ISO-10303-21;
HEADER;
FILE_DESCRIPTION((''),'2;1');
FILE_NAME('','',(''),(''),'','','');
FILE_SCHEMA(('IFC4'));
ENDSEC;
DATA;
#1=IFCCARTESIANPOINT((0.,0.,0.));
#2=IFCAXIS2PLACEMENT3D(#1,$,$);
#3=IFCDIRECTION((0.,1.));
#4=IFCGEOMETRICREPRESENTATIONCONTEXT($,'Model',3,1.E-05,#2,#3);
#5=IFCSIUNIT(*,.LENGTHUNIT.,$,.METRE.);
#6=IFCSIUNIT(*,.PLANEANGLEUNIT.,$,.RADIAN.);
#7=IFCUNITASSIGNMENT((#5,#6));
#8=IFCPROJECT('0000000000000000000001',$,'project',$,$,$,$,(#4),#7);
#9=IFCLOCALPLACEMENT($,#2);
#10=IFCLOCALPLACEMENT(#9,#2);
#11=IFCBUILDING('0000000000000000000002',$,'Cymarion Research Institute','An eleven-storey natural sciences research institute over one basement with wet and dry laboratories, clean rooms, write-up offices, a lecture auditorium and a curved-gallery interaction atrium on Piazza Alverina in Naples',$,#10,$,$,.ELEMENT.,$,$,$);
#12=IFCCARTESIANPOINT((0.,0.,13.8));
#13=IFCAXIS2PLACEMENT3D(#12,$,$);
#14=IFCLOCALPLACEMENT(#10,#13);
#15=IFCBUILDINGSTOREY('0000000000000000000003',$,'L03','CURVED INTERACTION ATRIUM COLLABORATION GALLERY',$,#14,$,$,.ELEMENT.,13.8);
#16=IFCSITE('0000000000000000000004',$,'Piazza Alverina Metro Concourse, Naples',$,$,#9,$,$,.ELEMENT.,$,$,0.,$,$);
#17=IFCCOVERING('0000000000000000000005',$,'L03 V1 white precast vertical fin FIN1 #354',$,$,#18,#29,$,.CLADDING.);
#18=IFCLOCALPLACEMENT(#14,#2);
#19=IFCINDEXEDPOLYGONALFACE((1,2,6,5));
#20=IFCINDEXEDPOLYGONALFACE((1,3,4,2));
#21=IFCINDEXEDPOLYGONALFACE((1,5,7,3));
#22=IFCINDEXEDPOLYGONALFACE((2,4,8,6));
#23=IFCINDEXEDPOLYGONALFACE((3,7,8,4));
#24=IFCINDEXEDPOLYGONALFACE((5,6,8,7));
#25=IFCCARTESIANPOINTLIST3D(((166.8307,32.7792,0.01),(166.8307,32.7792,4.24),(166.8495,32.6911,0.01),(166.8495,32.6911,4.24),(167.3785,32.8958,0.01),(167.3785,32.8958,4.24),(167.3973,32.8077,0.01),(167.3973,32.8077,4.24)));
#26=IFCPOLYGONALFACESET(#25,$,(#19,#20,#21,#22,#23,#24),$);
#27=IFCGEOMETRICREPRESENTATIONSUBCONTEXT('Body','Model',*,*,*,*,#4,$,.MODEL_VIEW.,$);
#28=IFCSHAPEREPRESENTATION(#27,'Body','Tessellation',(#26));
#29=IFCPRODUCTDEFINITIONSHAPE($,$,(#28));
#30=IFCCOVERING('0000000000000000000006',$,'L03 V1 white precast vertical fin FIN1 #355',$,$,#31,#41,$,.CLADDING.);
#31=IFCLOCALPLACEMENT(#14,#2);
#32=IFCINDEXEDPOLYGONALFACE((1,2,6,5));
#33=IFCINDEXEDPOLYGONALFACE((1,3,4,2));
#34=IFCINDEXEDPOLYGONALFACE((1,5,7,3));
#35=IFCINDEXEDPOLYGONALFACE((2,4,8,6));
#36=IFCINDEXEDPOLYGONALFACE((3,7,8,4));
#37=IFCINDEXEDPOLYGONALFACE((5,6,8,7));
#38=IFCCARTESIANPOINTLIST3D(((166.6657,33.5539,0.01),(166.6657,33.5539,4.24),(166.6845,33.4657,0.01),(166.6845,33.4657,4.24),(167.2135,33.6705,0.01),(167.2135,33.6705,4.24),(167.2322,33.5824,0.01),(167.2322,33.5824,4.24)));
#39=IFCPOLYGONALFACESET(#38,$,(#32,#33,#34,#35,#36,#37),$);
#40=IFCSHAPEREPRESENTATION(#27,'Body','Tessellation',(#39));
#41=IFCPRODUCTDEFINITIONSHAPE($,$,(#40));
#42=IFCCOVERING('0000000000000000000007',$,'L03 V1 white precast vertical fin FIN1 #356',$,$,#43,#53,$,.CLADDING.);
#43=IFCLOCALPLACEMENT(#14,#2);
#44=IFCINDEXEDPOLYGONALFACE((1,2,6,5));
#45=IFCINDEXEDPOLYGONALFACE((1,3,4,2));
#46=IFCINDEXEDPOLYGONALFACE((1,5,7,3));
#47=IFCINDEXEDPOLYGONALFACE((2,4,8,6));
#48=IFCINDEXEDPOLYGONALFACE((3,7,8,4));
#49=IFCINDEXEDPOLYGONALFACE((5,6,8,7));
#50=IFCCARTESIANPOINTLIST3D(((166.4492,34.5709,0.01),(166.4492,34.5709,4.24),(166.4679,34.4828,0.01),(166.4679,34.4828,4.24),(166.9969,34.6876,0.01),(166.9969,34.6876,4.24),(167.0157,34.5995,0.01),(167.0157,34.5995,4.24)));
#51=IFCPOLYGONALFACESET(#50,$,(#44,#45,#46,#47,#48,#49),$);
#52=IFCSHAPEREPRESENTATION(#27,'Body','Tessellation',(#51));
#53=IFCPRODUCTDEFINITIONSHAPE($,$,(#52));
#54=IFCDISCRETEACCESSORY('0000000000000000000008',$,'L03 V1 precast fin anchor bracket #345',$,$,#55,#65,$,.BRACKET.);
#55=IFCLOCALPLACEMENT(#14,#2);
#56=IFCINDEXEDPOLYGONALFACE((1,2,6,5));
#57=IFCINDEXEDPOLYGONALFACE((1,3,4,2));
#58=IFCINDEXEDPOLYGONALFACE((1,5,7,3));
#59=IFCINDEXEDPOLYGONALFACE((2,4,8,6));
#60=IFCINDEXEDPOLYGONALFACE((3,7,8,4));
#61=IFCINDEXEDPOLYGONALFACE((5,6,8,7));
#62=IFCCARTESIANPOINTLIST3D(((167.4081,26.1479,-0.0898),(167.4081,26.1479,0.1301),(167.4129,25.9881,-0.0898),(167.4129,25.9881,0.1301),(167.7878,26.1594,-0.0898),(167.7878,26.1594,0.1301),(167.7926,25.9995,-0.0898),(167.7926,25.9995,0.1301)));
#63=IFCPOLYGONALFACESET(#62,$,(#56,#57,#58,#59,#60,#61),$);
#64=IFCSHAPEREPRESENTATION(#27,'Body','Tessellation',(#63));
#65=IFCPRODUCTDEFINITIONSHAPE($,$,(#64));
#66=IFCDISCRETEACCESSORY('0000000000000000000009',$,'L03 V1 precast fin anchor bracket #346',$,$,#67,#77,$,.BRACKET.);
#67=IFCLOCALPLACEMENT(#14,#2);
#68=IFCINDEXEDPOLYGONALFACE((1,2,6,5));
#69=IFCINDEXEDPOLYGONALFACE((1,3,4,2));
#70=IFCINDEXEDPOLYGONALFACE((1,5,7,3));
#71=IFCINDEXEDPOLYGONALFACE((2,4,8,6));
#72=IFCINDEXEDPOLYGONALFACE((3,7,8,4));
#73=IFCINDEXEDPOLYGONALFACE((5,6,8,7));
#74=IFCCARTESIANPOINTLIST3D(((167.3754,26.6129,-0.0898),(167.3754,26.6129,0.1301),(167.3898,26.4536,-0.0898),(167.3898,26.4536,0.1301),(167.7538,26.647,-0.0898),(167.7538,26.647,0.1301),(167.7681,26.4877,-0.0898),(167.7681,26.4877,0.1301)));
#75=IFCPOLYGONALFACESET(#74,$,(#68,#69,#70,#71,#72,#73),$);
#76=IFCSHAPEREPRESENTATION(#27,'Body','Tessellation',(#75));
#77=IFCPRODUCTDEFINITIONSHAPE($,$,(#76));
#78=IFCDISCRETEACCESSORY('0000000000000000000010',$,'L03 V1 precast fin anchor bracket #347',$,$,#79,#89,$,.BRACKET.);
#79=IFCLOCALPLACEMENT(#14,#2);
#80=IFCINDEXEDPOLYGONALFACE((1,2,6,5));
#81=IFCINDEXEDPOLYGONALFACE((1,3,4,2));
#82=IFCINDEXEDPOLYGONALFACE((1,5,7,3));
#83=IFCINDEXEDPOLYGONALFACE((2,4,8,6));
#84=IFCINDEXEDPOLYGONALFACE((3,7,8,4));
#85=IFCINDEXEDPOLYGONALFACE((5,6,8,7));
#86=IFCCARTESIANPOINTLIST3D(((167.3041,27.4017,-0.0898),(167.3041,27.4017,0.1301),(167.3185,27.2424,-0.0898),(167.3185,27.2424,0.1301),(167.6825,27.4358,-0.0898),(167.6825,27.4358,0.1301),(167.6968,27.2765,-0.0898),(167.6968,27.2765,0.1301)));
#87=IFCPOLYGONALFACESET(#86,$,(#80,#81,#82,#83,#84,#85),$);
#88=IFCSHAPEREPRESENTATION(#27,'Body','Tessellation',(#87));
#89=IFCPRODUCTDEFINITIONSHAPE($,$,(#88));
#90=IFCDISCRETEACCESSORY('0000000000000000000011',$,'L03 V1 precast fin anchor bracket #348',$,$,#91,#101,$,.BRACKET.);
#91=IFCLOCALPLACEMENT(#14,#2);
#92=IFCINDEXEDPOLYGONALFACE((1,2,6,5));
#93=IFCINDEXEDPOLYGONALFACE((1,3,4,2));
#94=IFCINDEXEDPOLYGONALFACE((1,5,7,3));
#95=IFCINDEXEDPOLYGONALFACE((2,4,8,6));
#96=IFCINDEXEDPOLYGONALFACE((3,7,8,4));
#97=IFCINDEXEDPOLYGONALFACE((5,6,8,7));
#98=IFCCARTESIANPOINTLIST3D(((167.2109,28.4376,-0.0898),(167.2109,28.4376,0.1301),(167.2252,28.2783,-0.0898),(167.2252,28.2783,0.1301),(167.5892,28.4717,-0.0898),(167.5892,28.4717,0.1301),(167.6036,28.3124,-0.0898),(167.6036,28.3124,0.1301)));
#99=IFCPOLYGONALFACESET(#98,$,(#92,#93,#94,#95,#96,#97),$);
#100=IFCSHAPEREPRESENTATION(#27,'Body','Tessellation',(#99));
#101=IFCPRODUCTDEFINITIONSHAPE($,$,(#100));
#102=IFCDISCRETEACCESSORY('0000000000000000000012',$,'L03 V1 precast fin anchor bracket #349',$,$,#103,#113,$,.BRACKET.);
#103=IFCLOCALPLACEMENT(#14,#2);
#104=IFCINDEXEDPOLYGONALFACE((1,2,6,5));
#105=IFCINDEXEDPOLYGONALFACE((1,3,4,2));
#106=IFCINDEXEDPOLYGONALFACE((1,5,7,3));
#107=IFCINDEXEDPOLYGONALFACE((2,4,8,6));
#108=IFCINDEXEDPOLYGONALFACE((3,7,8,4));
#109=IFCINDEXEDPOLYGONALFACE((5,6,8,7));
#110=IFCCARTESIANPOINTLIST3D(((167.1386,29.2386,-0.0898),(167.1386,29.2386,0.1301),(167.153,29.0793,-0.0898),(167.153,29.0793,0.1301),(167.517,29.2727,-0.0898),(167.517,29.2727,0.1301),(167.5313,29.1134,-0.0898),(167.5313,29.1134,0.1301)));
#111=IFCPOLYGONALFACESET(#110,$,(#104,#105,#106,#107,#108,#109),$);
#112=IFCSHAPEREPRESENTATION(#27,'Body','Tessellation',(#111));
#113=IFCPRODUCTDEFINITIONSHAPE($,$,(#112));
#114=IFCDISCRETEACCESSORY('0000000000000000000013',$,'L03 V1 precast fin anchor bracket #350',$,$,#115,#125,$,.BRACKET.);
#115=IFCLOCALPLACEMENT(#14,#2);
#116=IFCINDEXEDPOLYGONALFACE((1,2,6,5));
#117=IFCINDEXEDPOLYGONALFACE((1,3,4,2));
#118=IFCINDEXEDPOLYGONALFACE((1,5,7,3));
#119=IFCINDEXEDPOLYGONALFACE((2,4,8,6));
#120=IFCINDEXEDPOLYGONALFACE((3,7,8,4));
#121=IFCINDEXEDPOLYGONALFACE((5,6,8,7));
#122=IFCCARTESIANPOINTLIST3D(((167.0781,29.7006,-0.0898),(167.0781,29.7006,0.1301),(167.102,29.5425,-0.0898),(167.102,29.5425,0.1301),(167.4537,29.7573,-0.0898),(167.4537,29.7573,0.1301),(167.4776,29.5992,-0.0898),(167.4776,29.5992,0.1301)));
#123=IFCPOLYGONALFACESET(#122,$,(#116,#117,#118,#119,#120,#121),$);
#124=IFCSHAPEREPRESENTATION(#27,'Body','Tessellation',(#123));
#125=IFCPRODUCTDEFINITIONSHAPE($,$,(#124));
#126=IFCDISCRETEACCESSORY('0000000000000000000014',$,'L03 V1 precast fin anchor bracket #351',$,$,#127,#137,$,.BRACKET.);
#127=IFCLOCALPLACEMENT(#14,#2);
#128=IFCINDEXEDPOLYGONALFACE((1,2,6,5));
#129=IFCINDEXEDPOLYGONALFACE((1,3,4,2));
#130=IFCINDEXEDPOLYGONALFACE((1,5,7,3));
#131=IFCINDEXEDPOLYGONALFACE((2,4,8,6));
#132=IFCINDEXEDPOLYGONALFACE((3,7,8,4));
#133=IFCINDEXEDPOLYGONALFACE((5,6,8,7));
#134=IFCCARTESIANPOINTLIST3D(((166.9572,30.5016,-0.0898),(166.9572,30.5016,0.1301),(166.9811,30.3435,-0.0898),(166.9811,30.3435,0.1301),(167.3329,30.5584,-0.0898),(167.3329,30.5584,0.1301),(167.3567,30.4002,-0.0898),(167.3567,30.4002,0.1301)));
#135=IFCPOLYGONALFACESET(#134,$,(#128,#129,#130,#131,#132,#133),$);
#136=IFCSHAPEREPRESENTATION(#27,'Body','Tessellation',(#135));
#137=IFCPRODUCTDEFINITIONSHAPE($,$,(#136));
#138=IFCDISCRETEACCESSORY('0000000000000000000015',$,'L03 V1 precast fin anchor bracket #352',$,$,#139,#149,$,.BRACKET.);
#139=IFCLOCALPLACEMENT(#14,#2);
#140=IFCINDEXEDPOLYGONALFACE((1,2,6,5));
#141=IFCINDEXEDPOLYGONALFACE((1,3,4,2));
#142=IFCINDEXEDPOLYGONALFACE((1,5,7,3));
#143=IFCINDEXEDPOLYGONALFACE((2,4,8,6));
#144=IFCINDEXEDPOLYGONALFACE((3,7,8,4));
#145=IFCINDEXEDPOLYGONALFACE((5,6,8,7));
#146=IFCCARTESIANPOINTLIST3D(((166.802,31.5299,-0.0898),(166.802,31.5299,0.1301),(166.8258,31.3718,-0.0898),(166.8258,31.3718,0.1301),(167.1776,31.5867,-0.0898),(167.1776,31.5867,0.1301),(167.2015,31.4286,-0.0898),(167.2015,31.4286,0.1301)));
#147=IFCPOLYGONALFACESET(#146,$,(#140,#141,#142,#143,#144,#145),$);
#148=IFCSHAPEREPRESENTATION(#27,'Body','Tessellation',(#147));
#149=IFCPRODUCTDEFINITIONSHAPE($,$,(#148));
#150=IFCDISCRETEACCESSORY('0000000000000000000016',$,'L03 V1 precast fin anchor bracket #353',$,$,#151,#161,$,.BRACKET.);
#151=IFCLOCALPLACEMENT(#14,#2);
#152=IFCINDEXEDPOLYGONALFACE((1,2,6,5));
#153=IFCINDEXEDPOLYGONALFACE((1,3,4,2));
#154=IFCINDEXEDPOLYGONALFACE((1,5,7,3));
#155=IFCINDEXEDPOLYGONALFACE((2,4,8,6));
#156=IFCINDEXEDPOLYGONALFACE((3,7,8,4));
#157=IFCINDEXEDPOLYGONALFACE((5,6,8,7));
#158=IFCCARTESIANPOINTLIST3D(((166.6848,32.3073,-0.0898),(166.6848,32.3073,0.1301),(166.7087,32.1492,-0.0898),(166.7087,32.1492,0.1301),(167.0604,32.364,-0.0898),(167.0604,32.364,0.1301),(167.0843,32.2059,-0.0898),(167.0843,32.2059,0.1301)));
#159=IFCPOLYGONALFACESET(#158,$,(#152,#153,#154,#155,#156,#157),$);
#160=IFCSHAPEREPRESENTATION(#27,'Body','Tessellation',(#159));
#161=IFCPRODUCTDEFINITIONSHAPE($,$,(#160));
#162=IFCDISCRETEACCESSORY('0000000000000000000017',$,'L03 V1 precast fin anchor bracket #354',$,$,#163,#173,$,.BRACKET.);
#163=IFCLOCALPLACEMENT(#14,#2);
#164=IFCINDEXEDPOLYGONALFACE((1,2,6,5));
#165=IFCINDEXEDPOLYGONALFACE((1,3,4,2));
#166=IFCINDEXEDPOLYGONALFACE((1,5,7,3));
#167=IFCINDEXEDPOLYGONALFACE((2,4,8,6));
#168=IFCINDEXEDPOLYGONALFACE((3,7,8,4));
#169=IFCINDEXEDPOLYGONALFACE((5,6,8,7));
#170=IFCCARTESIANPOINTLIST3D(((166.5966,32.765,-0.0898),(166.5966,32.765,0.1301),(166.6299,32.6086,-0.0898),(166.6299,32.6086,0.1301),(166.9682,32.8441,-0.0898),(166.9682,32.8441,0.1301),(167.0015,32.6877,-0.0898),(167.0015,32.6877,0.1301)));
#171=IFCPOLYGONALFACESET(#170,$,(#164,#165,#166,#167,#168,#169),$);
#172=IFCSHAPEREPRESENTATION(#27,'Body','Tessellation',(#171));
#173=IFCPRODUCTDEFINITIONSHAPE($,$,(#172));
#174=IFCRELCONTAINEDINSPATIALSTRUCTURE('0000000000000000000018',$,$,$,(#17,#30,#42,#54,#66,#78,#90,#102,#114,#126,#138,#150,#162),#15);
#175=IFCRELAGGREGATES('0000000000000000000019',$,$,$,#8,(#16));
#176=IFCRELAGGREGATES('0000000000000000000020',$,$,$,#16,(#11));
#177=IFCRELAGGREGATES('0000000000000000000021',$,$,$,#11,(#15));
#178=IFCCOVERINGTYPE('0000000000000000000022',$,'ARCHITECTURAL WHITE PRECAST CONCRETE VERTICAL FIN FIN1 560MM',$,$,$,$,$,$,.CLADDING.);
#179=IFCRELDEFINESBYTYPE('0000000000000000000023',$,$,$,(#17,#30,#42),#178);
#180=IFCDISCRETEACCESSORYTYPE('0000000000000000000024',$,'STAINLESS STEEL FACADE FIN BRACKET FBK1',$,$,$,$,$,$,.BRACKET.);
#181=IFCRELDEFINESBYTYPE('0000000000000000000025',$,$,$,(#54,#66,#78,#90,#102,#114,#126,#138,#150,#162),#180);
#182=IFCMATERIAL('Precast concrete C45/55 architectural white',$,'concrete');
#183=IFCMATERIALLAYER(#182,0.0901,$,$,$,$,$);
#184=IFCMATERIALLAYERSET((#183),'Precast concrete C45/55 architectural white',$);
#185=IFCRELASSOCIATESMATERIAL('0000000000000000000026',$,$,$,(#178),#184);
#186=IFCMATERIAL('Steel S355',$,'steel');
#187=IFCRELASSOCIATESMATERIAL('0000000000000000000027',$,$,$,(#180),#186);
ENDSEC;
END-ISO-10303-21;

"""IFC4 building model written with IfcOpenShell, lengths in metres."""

from ifc_helpers import new_model, si_unit, direction, frame, origin, origin_2d, place, context, subcontext, project, spatial, rectangle, extrude, material, layer, layer_set, type_object, element, save


model = new_model("IFC4")

# Units and contexts
model_context = context("Model", 3, precision=1e-05, world=origin(), true_north=direction((0.0, 1.0)))
body_context = subcontext(model_context, "Body", "Model", "MODEL_VIEW")
ifc_project = project(units=[si_unit("LENGTHUNIT", "METRE"), si_unit("PLANEANGLEUNIT", "RADIAN")], contexts=[model_context])

# Site, building, storey
site_placement = place(None, origin())
site = spatial("IfcSite", under=ifc_project, at=site_placement, Name="Piazza Alverina Metro Concourse, Naples", CompositionType="ELEMENT", RefElevation=0.0)
building_placement = place(site_placement, origin())
building = spatial("IfcBuilding", under=site, at=building_placement, Name="Cymarion Research Institute", Description="An eleven-storey natural sciences research institute over one basement with wet and dry laboratories, clean rooms, write-up offices, a lecture auditorium and a curved-gallery interaction atrium on Piazza Alverina in Naples", CompositionType="ELEMENT")
storey_placement = place(building_placement, frame((0.0, 0.0, 13.8)))
storey = spatial("IfcBuildingStorey", under=building, at=storey_placement, Name="L03", Description="CURVED INTERACTION ATRIUM COLLABORATION GALLERY", CompositionType="ELEMENT", Elevation=13.8)

# Coverings
ifc_material_1 = material(Name="Precast concrete C45/55 architectural white", Category="concrete")
ifc_layer_1 = layer(ifc_material_1, 0.0901)
ifc_layer_set_1 = layer_set([ifc_layer_1], Name="Precast concrete C45/55 architectural white")
covering_type = type_object("IfcCoveringType", Name="ARCHITECTURAL WHITE PRECAST CONCRETE VERTICAL FIN FIN1 560MM", PredefinedType="CLADDING", material=ifc_layer_set_1)
for number, where, z_axis, x_axis, name in (
    (1, (167.114, 32.7935, 0.01), (0.0, 0.0, 1.0), (0.978075, 0.208253, 0.0), "L03 V1 white precast vertical fin FIN1 #354"),
    (2, (166.949, 33.5681, 0.01), (0.0, 0.0, 1.0), (0.978075, 0.208253, 0.0), "L03 V1 white precast vertical fin FIN1 #355"),
    (3, (166.7324, 34.5852, 0.01), (0.0, 0.0, 1.0), (0.978075, 0.208253, 0.0), "L03 V1 white precast vertical fin FIN1 #356"),
):
    element("IfcCovering", number, at=place(storey_placement, frame(where, z_axis=z_axis, x_axis=x_axis)), inside=storey, type_object=covering_type, Name=name, PredefinedType="CLADDING", context=body_context, shape_type="SweptSolid", body=[
        extrude(rectangle(XDim=0.5601, YDim=0.0901, at=origin_2d()), origin(), (0.0, 0.0, 1.0), 4.23),
    ])

# Discrete accessories
ifc_material_2 = material(Name="Steel S355", Category="steel")
discrete_accessory_type = type_object("IfcDiscreteAccessoryType", Name="STAINLESS STEEL FACADE FIN BRACKET FBK1", PredefinedType="BRACKET", material=ifc_material_2)
for number, where, z_axis, x_axis, name in (
    (4, (167.6003, 26.0737, -0.0898), (0.0, 0.0, 1.0), (0.999549, 0.030015, 0.0), "L03 V1 precast fin anchor bracket #345"),
    (5, (167.5718, 26.5503, -0.0898), (0.0, 0.0, 1.0), (0.995963, 0.089763, 0.0), "L03 V1 precast fin anchor bracket #346"),
    (6, (167.5005, 27.3391, -0.0898), (0.0, 0.0, 1.0), (0.995963, 0.089763, 0.0), "L03 V1 precast fin anchor bracket #347"),
    (7, (167.4072, 28.375, -0.0898), (0.0, 0.0, 1.0), (0.995963, 0.089763, 0.0), "L03 V1 precast fin anchor bracket #348"),
    (8, (167.335, 29.176, -0.0898), (0.0, 0.0, 1.0), (0.995963, 0.089763, 0.0), "L03 V1 precast fin anchor bracket #349"),
    (9, (167.2778, 29.6499, -0.0898), (0.0, 0.0, 1.0), (0.988782, 0.149363, 0.0), "L03 V1 precast fin anchor bracket #350"),
    (10, (167.157, 30.4509, -0.0898), (0.0, 0.0, 1.0), (0.988782, 0.149363, 0.0), "L03 V1 precast fin anchor bracket #351"),
    (11, (167.0017, 31.4792, -0.0898), (0.0, 0.0, 1.0), (0.988782, 0.149363, 0.0), "L03 V1 precast fin anchor bracket #352"),
    (12, (166.8845, 32.2566, -0.0898), (0.0, 0.0, 1.0), (0.988782, 0.149363, 0.0), "L03 V1 precast fin anchor bracket #353"),
    (13, (166.7991, 32.7263, -0.0898), (0.0, 0.0, 1.0), (0.978075, 0.208253, 0.0), "L03 V1 precast fin anchor bracket #354"),
):
    element("IfcDiscreteAccessory", number, at=place(storey_placement, frame(where, z_axis=z_axis, x_axis=x_axis)), inside=storey, type_object=discrete_accessory_type, Name=name, PredefinedType="BRACKET", context=body_context, shape_type="SweptSolid", body=[
        extrude(rectangle(XDim=0.3799, YDim=0.1599, at=origin_2d()), origin(), (0.0, 0.0, 1.0), 0.22),
    ])

save(model, "model.ifc")
